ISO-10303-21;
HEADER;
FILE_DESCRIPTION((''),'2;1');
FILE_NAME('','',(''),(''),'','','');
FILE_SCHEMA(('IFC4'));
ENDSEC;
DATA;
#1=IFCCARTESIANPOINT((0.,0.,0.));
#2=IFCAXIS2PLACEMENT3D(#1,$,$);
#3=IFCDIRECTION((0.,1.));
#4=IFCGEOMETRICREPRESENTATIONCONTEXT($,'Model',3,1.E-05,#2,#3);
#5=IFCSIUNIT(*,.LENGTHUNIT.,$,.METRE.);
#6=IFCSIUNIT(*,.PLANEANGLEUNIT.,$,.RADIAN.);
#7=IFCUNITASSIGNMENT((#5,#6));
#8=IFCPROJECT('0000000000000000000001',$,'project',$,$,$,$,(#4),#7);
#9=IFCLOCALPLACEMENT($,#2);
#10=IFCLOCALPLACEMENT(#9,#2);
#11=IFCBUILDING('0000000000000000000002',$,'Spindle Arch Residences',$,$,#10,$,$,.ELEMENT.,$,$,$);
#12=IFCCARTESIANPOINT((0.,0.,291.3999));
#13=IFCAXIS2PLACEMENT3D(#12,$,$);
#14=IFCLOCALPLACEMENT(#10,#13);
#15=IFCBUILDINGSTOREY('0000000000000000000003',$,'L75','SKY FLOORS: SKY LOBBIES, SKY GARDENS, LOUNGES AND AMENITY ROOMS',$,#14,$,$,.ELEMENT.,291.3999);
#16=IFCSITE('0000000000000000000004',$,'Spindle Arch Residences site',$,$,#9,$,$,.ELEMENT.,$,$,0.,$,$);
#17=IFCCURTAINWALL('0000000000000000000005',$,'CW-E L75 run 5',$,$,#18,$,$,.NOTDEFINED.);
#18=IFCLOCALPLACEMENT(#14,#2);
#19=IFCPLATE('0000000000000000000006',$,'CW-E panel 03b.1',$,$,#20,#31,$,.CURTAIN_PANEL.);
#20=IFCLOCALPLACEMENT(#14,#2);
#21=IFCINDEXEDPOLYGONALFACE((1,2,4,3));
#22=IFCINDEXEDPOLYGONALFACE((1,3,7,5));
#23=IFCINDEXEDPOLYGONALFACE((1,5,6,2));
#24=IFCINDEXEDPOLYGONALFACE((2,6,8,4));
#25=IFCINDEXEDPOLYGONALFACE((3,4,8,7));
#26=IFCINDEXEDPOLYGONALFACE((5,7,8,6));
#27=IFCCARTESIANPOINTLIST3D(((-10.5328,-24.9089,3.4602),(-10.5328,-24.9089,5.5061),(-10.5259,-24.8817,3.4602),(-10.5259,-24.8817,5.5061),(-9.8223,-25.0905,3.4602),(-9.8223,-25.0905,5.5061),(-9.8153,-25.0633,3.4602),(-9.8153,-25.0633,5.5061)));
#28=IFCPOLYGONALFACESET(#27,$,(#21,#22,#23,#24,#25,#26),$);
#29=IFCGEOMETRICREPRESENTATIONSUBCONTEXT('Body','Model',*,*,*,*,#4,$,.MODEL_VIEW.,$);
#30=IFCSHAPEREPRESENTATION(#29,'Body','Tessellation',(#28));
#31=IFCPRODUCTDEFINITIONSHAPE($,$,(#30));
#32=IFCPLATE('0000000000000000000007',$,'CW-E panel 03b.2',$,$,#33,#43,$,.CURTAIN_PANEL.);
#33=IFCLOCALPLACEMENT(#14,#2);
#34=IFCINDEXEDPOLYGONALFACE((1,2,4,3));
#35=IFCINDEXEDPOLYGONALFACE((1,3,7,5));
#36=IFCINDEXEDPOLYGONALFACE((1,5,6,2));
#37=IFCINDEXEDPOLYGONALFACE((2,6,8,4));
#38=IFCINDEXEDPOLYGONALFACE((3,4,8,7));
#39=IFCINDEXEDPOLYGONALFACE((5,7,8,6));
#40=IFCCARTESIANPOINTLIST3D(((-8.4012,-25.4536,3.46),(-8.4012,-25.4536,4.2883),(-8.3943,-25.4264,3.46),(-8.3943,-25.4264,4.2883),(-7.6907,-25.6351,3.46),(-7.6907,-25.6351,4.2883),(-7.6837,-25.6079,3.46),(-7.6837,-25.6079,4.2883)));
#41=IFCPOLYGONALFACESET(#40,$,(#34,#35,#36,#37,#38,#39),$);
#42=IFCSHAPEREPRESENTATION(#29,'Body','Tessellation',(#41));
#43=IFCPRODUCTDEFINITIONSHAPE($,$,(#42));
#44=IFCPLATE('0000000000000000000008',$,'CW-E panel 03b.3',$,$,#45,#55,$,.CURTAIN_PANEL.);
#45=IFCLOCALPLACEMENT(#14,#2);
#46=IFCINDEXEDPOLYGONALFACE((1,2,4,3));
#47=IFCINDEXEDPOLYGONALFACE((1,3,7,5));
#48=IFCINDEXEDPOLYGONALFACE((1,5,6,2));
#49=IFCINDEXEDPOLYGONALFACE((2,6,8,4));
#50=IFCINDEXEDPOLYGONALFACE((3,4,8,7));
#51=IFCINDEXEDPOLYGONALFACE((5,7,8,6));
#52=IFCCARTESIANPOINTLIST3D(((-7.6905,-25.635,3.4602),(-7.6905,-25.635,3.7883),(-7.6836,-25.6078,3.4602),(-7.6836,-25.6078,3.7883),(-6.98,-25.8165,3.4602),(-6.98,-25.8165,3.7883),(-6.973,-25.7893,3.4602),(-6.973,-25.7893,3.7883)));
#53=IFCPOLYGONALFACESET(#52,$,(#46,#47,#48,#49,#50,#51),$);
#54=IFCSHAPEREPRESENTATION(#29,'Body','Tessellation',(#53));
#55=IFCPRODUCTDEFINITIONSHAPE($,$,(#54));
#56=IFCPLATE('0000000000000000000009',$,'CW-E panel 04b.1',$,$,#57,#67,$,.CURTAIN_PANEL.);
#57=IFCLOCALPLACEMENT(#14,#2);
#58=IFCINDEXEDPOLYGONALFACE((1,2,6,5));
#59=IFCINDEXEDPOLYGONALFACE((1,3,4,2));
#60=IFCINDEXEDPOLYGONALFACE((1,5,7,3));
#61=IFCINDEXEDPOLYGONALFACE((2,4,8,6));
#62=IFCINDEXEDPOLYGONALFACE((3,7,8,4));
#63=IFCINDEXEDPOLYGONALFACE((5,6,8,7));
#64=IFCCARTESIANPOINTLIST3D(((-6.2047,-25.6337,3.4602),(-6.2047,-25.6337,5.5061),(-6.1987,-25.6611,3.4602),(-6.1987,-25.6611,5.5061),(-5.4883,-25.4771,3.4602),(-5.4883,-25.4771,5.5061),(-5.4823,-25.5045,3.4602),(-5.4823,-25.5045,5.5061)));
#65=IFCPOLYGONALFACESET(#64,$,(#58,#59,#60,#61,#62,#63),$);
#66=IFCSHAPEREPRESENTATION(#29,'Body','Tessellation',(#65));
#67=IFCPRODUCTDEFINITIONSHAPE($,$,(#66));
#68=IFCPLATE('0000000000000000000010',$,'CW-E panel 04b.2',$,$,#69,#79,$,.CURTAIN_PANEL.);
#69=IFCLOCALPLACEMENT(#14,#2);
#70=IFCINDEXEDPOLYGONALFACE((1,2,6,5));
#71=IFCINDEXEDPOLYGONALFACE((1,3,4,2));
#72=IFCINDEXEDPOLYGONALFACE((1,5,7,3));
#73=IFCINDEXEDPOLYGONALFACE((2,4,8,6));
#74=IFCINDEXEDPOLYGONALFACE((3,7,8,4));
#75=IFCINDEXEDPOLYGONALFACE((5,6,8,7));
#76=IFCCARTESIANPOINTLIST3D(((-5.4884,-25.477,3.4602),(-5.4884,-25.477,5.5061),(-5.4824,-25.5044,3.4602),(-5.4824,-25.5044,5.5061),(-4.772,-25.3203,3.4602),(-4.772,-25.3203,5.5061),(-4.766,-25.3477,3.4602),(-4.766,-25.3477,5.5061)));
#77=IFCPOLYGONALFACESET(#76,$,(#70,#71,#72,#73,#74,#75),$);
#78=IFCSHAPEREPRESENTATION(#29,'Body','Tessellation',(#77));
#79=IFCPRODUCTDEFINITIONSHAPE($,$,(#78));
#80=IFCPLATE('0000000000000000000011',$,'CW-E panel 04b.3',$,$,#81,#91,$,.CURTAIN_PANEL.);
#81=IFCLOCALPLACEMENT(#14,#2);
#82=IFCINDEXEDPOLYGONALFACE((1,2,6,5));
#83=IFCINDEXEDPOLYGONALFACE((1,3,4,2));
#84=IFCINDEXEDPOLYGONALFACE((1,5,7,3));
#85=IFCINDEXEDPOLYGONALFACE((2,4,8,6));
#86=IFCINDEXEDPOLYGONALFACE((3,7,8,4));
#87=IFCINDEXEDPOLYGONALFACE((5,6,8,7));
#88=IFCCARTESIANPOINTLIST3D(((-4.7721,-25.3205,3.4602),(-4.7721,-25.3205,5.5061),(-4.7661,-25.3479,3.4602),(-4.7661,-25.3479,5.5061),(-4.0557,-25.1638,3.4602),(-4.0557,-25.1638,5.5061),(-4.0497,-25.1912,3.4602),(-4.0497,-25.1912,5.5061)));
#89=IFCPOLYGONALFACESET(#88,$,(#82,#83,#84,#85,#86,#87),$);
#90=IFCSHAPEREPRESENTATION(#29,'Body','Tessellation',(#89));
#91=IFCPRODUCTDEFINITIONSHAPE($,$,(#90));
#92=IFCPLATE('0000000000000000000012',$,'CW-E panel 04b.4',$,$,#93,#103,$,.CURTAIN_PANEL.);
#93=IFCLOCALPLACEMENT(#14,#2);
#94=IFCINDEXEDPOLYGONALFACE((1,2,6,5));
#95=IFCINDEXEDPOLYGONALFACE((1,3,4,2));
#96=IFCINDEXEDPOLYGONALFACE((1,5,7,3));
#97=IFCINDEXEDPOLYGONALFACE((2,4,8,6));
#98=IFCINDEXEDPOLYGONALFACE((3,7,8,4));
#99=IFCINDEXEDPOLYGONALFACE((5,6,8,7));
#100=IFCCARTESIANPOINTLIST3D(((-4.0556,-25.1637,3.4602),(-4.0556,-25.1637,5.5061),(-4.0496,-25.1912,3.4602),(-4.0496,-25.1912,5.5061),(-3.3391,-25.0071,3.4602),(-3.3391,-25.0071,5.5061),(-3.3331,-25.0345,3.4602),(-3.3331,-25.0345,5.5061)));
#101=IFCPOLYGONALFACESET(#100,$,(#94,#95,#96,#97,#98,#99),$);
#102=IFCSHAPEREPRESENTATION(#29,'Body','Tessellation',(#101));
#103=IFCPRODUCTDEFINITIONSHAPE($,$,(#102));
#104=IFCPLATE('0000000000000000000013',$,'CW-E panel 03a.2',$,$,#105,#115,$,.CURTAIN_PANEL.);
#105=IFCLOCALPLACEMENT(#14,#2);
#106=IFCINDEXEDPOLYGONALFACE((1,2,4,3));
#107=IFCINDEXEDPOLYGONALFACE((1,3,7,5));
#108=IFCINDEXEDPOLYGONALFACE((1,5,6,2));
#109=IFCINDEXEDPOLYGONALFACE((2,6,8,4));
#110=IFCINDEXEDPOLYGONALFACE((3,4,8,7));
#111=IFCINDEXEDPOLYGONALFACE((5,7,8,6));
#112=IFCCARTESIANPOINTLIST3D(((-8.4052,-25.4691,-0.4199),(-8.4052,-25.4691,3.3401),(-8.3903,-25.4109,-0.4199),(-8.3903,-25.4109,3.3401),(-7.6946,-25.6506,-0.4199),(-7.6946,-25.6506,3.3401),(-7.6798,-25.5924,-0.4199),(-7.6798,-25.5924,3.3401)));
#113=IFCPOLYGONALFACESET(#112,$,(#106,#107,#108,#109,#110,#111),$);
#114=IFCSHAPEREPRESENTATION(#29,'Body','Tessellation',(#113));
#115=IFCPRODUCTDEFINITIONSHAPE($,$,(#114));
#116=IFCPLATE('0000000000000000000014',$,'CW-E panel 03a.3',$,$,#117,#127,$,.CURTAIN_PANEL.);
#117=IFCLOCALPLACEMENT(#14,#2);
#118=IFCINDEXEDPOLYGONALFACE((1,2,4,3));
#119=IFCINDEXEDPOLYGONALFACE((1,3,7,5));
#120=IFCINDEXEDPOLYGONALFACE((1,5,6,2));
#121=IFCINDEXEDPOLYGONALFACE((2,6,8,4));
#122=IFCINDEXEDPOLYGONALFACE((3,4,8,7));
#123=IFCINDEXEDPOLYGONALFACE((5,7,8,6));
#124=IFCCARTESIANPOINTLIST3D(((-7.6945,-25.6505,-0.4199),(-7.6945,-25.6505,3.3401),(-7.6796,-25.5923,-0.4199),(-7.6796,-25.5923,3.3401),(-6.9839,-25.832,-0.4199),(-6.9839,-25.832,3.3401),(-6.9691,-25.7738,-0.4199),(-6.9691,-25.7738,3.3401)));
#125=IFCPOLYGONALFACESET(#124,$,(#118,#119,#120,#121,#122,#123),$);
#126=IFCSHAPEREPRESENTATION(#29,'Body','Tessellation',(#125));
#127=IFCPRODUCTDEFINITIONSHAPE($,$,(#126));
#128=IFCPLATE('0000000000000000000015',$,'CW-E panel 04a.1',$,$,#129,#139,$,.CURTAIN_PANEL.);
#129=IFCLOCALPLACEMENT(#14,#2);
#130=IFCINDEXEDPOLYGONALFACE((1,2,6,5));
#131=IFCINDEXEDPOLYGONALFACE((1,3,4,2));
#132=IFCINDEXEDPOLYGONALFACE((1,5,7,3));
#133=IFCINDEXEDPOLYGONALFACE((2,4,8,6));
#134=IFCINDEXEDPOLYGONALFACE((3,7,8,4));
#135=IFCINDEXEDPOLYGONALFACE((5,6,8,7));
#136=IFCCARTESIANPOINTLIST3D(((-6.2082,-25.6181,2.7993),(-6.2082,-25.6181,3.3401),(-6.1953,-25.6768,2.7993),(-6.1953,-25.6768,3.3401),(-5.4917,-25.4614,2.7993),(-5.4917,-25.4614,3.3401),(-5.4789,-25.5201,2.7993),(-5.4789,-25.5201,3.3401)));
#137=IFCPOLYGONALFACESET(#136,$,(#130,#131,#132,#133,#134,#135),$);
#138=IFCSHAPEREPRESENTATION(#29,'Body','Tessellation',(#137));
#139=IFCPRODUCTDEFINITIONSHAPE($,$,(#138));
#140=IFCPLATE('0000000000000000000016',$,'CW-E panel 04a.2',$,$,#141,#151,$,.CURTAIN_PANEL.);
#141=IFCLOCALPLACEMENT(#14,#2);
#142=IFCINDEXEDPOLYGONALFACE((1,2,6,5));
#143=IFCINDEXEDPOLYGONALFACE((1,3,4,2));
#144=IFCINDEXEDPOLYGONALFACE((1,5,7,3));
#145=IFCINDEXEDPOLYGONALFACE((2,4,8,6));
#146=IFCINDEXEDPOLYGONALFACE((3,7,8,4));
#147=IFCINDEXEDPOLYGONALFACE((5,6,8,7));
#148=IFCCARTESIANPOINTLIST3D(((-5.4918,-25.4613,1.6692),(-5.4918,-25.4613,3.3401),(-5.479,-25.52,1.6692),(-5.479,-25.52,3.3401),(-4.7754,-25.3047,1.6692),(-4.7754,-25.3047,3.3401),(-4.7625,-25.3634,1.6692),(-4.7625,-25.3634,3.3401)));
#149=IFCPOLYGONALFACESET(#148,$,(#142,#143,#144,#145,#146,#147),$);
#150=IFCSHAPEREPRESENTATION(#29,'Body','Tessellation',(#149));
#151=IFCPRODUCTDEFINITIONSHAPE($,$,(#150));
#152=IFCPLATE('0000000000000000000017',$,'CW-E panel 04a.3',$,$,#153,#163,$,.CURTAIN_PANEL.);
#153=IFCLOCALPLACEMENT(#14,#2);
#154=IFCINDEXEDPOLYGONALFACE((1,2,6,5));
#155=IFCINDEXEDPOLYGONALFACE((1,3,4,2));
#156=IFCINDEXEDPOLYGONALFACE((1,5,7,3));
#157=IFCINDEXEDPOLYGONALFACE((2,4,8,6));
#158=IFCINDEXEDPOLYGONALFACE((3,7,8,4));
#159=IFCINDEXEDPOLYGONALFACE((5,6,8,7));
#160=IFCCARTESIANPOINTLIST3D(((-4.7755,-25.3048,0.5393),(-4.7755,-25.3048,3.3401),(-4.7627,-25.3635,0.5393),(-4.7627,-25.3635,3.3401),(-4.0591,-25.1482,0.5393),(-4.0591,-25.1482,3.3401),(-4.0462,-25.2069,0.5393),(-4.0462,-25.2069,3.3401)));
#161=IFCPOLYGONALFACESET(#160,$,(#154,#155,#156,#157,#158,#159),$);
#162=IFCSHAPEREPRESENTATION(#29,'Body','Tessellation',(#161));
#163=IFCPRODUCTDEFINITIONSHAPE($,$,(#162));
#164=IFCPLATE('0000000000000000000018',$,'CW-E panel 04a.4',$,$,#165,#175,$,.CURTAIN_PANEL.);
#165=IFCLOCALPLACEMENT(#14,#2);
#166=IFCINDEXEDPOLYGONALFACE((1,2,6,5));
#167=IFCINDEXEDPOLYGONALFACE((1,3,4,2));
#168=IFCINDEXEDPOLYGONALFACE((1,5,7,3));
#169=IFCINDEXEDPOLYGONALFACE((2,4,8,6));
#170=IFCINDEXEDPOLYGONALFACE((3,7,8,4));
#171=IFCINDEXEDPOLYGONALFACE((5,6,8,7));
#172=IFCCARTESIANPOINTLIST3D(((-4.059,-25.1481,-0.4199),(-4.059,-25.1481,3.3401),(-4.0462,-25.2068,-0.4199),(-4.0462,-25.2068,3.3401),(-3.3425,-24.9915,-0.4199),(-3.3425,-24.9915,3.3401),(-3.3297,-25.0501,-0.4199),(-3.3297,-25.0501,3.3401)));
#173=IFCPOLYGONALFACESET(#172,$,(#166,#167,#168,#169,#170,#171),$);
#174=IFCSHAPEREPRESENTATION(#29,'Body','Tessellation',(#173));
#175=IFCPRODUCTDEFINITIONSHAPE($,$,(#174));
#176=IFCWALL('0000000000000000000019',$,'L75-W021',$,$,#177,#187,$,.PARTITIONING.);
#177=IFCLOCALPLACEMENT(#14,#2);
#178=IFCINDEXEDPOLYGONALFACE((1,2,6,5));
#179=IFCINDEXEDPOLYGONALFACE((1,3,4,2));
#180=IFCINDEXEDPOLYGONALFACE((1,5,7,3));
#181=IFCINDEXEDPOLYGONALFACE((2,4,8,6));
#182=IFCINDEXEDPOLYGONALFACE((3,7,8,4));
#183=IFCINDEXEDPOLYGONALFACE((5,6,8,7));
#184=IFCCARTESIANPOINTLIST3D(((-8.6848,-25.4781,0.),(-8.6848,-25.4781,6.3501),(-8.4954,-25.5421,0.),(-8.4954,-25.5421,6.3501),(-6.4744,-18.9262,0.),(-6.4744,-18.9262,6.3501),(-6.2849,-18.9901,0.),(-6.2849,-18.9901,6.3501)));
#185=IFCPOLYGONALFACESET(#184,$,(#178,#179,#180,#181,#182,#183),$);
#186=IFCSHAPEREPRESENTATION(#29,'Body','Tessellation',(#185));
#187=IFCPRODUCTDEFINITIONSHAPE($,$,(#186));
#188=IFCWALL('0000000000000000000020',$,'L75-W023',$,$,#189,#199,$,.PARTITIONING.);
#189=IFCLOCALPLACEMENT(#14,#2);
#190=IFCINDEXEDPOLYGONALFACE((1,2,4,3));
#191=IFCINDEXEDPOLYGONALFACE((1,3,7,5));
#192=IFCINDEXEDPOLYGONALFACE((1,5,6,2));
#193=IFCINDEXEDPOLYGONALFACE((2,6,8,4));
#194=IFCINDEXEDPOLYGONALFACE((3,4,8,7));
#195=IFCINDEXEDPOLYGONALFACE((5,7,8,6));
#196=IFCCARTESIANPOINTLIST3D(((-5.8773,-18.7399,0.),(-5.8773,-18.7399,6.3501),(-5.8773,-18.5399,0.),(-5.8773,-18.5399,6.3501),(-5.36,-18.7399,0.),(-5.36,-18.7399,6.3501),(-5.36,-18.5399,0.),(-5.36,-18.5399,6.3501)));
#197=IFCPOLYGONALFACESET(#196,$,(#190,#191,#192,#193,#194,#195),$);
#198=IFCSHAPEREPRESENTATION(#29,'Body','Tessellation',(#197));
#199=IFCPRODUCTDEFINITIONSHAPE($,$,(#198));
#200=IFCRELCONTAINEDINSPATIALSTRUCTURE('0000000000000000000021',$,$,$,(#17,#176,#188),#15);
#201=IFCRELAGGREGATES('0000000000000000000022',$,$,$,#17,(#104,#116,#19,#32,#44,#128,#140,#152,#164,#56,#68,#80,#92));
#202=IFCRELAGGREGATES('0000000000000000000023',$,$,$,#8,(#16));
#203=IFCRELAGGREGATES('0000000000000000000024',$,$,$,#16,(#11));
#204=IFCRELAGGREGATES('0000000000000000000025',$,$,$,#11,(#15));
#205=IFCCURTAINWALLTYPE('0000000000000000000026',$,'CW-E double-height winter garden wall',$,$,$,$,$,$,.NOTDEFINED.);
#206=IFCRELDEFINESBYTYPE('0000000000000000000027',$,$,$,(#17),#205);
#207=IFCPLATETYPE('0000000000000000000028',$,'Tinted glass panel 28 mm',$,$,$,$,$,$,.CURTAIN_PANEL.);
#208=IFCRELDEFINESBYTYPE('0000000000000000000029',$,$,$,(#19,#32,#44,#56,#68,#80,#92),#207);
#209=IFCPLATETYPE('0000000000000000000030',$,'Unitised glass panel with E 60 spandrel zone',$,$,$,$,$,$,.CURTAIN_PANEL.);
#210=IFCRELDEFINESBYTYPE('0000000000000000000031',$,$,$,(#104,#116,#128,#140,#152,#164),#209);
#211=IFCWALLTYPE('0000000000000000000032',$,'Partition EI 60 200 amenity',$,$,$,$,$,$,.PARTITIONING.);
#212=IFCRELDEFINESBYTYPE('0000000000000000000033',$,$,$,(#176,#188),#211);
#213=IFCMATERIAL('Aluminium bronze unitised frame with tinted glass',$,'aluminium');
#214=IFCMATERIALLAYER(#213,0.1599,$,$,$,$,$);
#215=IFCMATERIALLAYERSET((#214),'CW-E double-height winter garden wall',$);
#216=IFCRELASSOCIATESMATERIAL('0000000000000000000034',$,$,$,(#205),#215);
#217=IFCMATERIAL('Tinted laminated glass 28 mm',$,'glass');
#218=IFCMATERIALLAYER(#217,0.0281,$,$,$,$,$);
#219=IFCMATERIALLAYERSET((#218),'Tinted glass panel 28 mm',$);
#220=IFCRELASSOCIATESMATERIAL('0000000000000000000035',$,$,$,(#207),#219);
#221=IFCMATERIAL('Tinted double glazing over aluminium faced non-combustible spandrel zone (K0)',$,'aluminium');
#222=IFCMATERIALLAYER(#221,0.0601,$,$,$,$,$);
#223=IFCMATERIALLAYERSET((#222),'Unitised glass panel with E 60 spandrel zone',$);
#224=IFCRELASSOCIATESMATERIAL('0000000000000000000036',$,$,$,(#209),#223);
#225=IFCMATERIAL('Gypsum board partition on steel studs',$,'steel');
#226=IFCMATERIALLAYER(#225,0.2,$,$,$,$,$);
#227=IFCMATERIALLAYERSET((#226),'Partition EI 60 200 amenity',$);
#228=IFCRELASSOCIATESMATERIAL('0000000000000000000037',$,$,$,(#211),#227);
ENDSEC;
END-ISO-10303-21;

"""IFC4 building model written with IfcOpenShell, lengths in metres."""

from ifc_helpers import new_model, si_unit, direction, frame, frame_2d, origin, origin_2d, place, context, subcontext, project, spatial, rectangle, extrude, material, layer, layer_set, type_object, element, aggregate, save


model = new_model("IFC4")

# Units and contexts
model_context = context("Model", 3, precision=1e-05, world=origin(), true_north=direction((0.0, 1.0)))
body_context = subcontext(model_context, "Body", "Model", "MODEL_VIEW")
ifc_project = project(units=[si_unit("LENGTHUNIT", "METRE"), si_unit("PLANEANGLEUNIT", "RADIAN")], contexts=[model_context])

# Site, building, storey
site_placement = place(None, origin())
site = spatial("IfcSite", under=ifc_project, at=site_placement, Name="Spindle Arch Residences site", CompositionType="ELEMENT", RefElevation=0.0)
building_placement = place(site_placement, origin())
building = spatial("IfcBuilding", under=site, at=building_placement, Name="Spindle Arch Residences", CompositionType="ELEMENT")
storey_placement = place(building_placement, frame((0.0, 0.0, 291.3999)))
storey = spatial("IfcBuildingStorey", under=building, at=storey_placement, Name="L75", Description="SKY FLOORS: SKY LOBBIES, SKY GARDENS, LOUNGES AND AMENITY ROOMS", CompositionType="ELEMENT", Elevation=291.3999)

# Curtain wall
ifc_material_1 = material(Name="Aluminium bronze unitised frame with tinted glass", Category="aluminium")
ifc_layer_1 = layer(ifc_material_1, 0.1599)
ifc_layer_set_1 = layer_set([ifc_layer_1], Name="CW-E double-height winter garden wall")
curtain_wall_type = type_object("IfcCurtainWallType", Name="CW-E double-height winter garden wall", PredefinedType="NOTDEFINED", material=ifc_layer_set_1)
curtain_wall_placement = place(storey_placement, origin())
curtain_wall = element("IfcCurtainWall", 1, at=curtain_wall_placement, inside=storey, type_object=curtain_wall_type, Name="CW-E L75 run 5", PredefinedType="NOTDEFINED")

# Plates
ifc_material_2 = material(Name="Tinted laminated glass 28 mm", Category="glass")
ifc_layer_2 = layer(ifc_material_2, 0.0281)
ifc_layer_set_2 = layer_set([ifc_layer_2], Name="Tinted glass panel 28 mm")
plate_type_1 = type_object("IfcPlateType", Name="Tinted glass panel 28 mm", PredefinedType="CURTAIN_PANEL", material=ifc_layer_set_2)
plate_1_placement = place(storey_placement, frame((-10.1741, -24.9861, 3.4602), z_axis=(0.0, 0.0, 1.0), x_axis=(0.968872, -0.247563, 0.0)))
plate_1 = element("IfcPlate", 2, at=plate_1_placement, type_object=plate_type_1, Name="CW-E panel 03b.1", PredefinedType="CURTAIN_PANEL", context=body_context, shape_type="SweptSolid", body=[
    extrude(rectangle(XDim=0.7334, YDim=0.0281, at=origin_2d()), origin(), (0.0, 0.0, 1.0), 2.0459),
])
plate_2_placement = place(storey_placement, frame((-8.0425, -25.5308, 3.46), z_axis=(0.0, 0.0, 1.0), x_axis=(0.968872, -0.247563, 0.0)))
plate_2 = element("IfcPlate", 3, at=plate_2_placement, type_object=plate_type_1, Name="CW-E panel 03b.2", PredefinedType="CURTAIN_PANEL", context=body_context, shape_type="SweptSolid", body=[
    extrude(rectangle(XDim=0.7334, YDim=0.0281, at=origin_2d()), origin(), (0.0, 0.0, 1.0), 0.8284),
])
plate_3_placement = place(storey_placement, frame((-7.3318, -25.7122, 3.4602), z_axis=(0.0, 0.0, 1.0), x_axis=(0.968872, -0.247563, 0.0)))
plate_3 = element("IfcPlate", 4, at=plate_3_placement, type_object=plate_type_1, Name="CW-E panel 03b.3", PredefinedType="CURTAIN_PANEL", context=body_context, shape_type="SweptSolid", body=[
    extrude(rectangle(XDim=0.7334, YDim=0.0281, at=origin_2d()), origin(), (0.0, 0.0, 1.0), 0.3281),
])
plate_4_placement = place(storey_placement, frame((-5.8435, -25.5691, 3.4602), z_axis=(0.0, 0.0, 1.0), x_axis=(0.976921, 0.213599, 0.0)))
plate_4 = element("IfcPlate", 5, at=plate_4_placement, type_object=plate_type_1, Name="CW-E panel 04b.1", PredefinedType="CURTAIN_PANEL", context=body_context, shape_type="SweptSolid", body=[
    extrude(rectangle(XDim=0.7334, YDim=0.0281, at=origin_2d()), origin(), (0.0, 0.0, 1.0), 2.0459),
])
plate_5_placement = place(storey_placement, frame((-5.1272, -25.4124, 3.4602), z_axis=(0.0, 0.0, 1.0), x_axis=(0.976921, 0.213599, 0.0)))
plate_5 = element("IfcPlate", 6, at=plate_5_placement, type_object=plate_type_1, Name="CW-E panel 04b.2", PredefinedType="CURTAIN_PANEL", context=body_context, shape_type="SweptSolid", body=[
    extrude(rectangle(XDim=0.7334, YDim=0.0281, at=origin_2d()), origin(), (0.0, 0.0, 1.0), 2.0459),
])
plate_6_placement = place(storey_placement, frame((-4.4109, -25.2559, 3.4602), z_axis=(0.0, 0.0, 1.0), x_axis=(0.976921, 0.213599, 0.0)))
plate_6 = element("IfcPlate", 7, at=plate_6_placement, type_object=plate_type_1, Name="CW-E panel 04b.3", PredefinedType="CURTAIN_PANEL", context=body_context, shape_type="SweptSolid", body=[
    extrude(rectangle(XDim=0.7334, YDim=0.0281, at=origin_2d()), origin(), (0.0, 0.0, 1.0), 2.0459),
])
plate_7_placement = place(storey_placement, frame((-3.6943, -25.0991, 3.4602), z_axis=(0.0, 0.0, 1.0), x_axis=(0.976921, 0.213599, 0.0)))
plate_7 = element("IfcPlate", 8, at=plate_7_placement, type_object=plate_type_1, Name="CW-E panel 04b.4", PredefinedType="CURTAIN_PANEL", context=body_context, shape_type="SweptSolid", body=[
    extrude(rectangle(XDim=0.7334, YDim=0.0281, at=origin_2d()), origin(), (0.0, 0.0, 1.0), 2.0459),
])
ifc_material_3 = material(Name="Tinted double glazing over aluminium faced non-combustible spandrel zone (K0)", Category="aluminium")
ifc_layer_3 = layer(ifc_material_3, 0.0601)
ifc_layer_set_3 = layer_set([ifc_layer_3], Name="Unitised glass panel with E 60 spandrel zone")
plate_type_2 = type_object("IfcPlateType", Name="Unitised glass panel with E 60 spandrel zone", PredefinedType="CURTAIN_PANEL", material=ifc_layer_set_3)
plate_8_placement = place(storey_placement, frame((-8.0425, -25.5308, -0.4199), z_axis=(0.0, 0.0, 1.0), x_axis=(0.968872, -0.247563, 0.0)))
plate_8 = element("IfcPlate", 9, at=plate_8_placement, type_object=plate_type_2, Name="CW-E panel 03a.2", PredefinedType="CURTAIN_PANEL", context=body_context, shape_type="SweptSolid", body=[
    extrude(rectangle(XDim=0.7334, YDim=0.0601, at=origin_2d()), origin(), (0.0, 0.0, 1.0), 3.76),
])
plate_9_placement = place(storey_placement, frame((-7.3318, -25.7122, -0.4199), z_axis=(0.0, 0.0, 1.0), x_axis=(0.968872, -0.247563, 0.0)))
plate_9 = element("IfcPlate", 10, at=plate_9_placement, type_object=plate_type_2, Name="CW-E panel 03a.3", PredefinedType="CURTAIN_PANEL", context=body_context, shape_type="SweptSolid", body=[
    extrude(rectangle(XDim=0.7334, YDim=0.0601, at=origin_2d()), origin(), (0.0, 0.0, 1.0), 3.76),
])
plate_10_placement = place(storey_placement, frame((-5.8435, -25.5691, 2.7993), z_axis=(0.0, 0.0, 1.0), x_axis=(0.976921, 0.213599, 0.0)))
plate_10 = element("IfcPlate", 11, at=plate_10_placement, type_object=plate_type_2, Name="CW-E panel 04a.1", PredefinedType="CURTAIN_PANEL", context=body_context, shape_type="SweptSolid", body=[
    extrude(rectangle(XDim=0.7334, YDim=0.0601, at=origin_2d()), origin(), (0.0, 0.0, 1.0), 0.5408),
])
plate_11_placement = place(storey_placement, frame((-5.1272, -25.4124, 1.6692), z_axis=(0.0, 0.0, 1.0), x_axis=(0.976921, 0.213599, 0.0)))
plate_11 = element("IfcPlate", 12, at=plate_11_placement, type_object=plate_type_2, Name="CW-E panel 04a.2", PredefinedType="CURTAIN_PANEL", context=body_context, shape_type="SweptSolid", body=[
    extrude(rectangle(XDim=0.7334, YDim=0.0601, at=origin_2d()), origin(), (0.0, 0.0, 1.0), 1.6709),
])
plate_12_placement = place(storey_placement, frame((-4.4109, -25.2559, 0.5393), z_axis=(0.0, 0.0, 1.0), x_axis=(0.976921, 0.213599, 0.0)))
plate_12 = element("IfcPlate", 13, at=plate_12_placement, type_object=plate_type_2, Name="CW-E panel 04a.3", PredefinedType="CURTAIN_PANEL", context=body_context, shape_type="SweptSolid", body=[
    extrude(rectangle(XDim=0.7334, YDim=0.0601, at=origin_2d()), origin(), (0.0, 0.0, 1.0), 2.8008),
])
plate_13_placement = place(storey_placement, frame((-3.6943, -25.0991, -0.4199), z_axis=(0.0, 0.0, 1.0), x_axis=(0.976921, 0.213599, 0.0)))
plate_13 = element("IfcPlate", 14, at=plate_13_placement, type_object=plate_type_2, Name="CW-E panel 04a.4", PredefinedType="CURTAIN_PANEL", context=body_context, shape_type="SweptSolid", body=[
    extrude(rectangle(XDim=0.7334, YDim=0.0601, at=origin_2d()), origin(), (0.0, 0.0, 1.0), 3.76),
])
aggregate(curtain_wall, [plate_8, plate_9, plate_1, plate_2, plate_3, plate_10, plate_11, plate_12, plate_13, plate_4, plate_5, plate_6, plate_7])

# Walls
ifc_material_4 = material(Name="Gypsum board partition on steel studs", Category="steel")
ifc_layer_4 = layer(ifc_material_4, 0.2)
ifc_layer_set_4 = layer_set([ifc_layer_4], Name="Partition EI 60 200 amenity")
wall_type = type_object("IfcWallType", Name="Partition EI 60 200 amenity", PredefinedType="PARTITIONING", material=ifc_layer_set_4)
wall_1_placement = place(storey_placement, frame((-6.3796, -18.958, 0.0), z_axis=(0.0, 0.0, 1.0), x_axis=(-0.319668, -0.94753, 0.0)))
element("IfcWall", 15, at=wall_1_placement, inside=storey, type_object=wall_type, Name="L75-W021", PredefinedType="PARTITIONING", context=body_context, shape_type="SweptSolid", body=[
    extrude(rectangle(XDim=6.9148, YDim=0.2, at=frame_2d((3.4575, 0.0))), origin(), (0.0, 0.0, 1.0), 6.3501),
])
wall_2_placement = place(storey_placement, frame((-5.8774, -18.6399, 0.0), z_axis=(0.0, 0.0, 1.0), x_axis=(1.0, 0.0, 0.0)))
element("IfcWall", 16, at=wall_2_placement, inside=storey, type_object=wall_type, Name="L75-W023", PredefinedType="PARTITIONING", context=body_context, shape_type="SweptSolid", body=[
    extrude(rectangle(XDim=0.5173, YDim=0.2, at=frame_2d((0.2588, 0.0))), origin(), (0.0, 0.0, 1.0), 6.3501),
])

save(model, "model.ifc")
